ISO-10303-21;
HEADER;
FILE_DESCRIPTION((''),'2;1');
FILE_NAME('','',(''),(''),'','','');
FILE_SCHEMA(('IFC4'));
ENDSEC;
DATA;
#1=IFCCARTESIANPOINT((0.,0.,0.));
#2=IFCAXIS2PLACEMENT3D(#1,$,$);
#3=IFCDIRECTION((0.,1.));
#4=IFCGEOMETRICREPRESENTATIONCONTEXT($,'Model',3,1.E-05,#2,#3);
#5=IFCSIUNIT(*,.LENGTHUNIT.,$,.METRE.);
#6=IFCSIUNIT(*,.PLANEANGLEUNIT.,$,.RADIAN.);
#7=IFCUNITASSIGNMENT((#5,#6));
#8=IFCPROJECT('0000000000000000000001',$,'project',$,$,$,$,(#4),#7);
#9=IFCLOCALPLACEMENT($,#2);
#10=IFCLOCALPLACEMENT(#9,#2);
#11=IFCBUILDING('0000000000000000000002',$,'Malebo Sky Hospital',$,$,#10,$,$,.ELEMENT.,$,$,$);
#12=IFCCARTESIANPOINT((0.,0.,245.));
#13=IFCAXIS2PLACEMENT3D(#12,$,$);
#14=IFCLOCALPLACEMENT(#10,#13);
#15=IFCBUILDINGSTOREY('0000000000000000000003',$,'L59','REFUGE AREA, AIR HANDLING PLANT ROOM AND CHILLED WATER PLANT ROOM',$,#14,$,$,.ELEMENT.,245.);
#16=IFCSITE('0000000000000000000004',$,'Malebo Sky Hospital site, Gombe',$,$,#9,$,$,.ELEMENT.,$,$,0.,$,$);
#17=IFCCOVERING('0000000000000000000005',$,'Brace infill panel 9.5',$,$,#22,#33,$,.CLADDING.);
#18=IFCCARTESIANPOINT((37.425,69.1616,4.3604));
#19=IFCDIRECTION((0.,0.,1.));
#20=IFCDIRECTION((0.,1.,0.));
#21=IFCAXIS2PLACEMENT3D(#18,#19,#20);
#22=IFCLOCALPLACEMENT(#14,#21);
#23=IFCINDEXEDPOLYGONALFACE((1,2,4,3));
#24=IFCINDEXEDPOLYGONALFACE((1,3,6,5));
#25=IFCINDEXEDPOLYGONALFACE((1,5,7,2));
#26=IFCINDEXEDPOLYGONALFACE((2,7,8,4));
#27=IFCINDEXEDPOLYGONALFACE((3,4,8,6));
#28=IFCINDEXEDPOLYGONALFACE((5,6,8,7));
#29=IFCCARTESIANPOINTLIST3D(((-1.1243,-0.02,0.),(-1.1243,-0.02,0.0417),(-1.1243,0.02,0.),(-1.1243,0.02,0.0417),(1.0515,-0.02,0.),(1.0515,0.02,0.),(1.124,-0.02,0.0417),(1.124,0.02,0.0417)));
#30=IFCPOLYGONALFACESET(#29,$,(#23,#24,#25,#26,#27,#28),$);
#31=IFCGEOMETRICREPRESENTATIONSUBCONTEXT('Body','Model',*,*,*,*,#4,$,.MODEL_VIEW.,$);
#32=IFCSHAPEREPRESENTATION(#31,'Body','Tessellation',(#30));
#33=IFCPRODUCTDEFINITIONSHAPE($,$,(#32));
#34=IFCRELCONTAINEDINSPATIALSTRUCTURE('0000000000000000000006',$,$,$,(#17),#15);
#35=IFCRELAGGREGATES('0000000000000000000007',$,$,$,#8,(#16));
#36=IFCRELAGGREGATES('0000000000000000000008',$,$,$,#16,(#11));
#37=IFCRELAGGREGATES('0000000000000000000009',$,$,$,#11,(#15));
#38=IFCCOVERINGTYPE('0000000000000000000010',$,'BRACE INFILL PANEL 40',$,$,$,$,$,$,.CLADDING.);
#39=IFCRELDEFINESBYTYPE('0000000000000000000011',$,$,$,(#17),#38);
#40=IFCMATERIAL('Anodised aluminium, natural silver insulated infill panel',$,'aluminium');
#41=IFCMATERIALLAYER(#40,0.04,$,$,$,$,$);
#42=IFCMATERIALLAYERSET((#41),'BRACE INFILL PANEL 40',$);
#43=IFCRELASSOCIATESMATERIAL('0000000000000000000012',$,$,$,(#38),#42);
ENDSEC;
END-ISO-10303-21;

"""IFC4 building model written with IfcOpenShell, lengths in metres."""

from ifc_helpers import new_model, si_unit, direction, frame, origin, place, context, subcontext, project, spatial, polyline, outline, extrude, material, layer, layer_set, type_object, element, save


model = new_model("IFC4")

# Units and contexts
model_context = context("Model", 3, precision=1e-05, world=origin(), true_north=direction((0.0, 1.0)))
body_context = subcontext(model_context, "Body", "Model", "MODEL_VIEW")
ifc_project = project(units=[si_unit("LENGTHUNIT", "METRE"), si_unit("PLANEANGLEUNIT", "RADIAN")], contexts=[model_context])

# Site, building, storey
site_placement = place(None, origin())
site = spatial("IfcSite", under=ifc_project, at=site_placement, Name="Malebo Sky Hospital site, Gombe", CompositionType="ELEMENT", RefElevation=0.0)
building_placement = place(site_placement, origin())
building = spatial("IfcBuilding", under=site, at=building_placement, Name="Malebo Sky Hospital", CompositionType="ELEMENT")
storey_placement = place(building_placement, frame((0.0, 0.0, 245.0)))
storey = spatial("IfcBuildingStorey", under=building, at=storey_placement, Name="L59", Description="REFUGE AREA, AIR HANDLING PLANT ROOM AND CHILLED WATER PLANT ROOM", CompositionType="ELEMENT", Elevation=245.0)

# Covering
ifc_material_1 = material(Name="Anodised aluminium, natural silver insulated infill panel", Category="aluminium")
ifc_layer_1 = layer(ifc_material_1, 0.04)
ifc_layer_set_1 = layer_set([ifc_layer_1], Name="BRACE INFILL PANEL 40")
covering_type = type_object("IfcCoveringType", Name="BRACE INFILL PANEL 40", PredefinedType="CLADDING", material=ifc_layer_set_1)
covering_1_placement = place(storey_placement, frame((37.425, 69.1616, 4.3604), z_axis=(0.0, 0.0, 1.0), x_axis=(0.0, 1.0, 0.0)))
element("IfcCovering", 1, at=covering_1_placement, inside=storey, type_object=covering_type, Name="Brace infill panel 9.5", PredefinedType="CLADDING", context=body_context, shape_type="SweptSolid", body=[
    extrude(outline(polyline([(-1.1243, 0.0), (1.0515, 0.0), (1.124, 0.0417), (-1.1243, 0.0417), (-1.1243, 0.0)])), frame((0.0, 0.02, 0.0), z_axis=(0.0, -1.0, 0.0), x_axis=(1.0, 0.0, 0.0)), (0.0, 0.0, 1.0), 0.04),
])

save(model, "model.ifc")
